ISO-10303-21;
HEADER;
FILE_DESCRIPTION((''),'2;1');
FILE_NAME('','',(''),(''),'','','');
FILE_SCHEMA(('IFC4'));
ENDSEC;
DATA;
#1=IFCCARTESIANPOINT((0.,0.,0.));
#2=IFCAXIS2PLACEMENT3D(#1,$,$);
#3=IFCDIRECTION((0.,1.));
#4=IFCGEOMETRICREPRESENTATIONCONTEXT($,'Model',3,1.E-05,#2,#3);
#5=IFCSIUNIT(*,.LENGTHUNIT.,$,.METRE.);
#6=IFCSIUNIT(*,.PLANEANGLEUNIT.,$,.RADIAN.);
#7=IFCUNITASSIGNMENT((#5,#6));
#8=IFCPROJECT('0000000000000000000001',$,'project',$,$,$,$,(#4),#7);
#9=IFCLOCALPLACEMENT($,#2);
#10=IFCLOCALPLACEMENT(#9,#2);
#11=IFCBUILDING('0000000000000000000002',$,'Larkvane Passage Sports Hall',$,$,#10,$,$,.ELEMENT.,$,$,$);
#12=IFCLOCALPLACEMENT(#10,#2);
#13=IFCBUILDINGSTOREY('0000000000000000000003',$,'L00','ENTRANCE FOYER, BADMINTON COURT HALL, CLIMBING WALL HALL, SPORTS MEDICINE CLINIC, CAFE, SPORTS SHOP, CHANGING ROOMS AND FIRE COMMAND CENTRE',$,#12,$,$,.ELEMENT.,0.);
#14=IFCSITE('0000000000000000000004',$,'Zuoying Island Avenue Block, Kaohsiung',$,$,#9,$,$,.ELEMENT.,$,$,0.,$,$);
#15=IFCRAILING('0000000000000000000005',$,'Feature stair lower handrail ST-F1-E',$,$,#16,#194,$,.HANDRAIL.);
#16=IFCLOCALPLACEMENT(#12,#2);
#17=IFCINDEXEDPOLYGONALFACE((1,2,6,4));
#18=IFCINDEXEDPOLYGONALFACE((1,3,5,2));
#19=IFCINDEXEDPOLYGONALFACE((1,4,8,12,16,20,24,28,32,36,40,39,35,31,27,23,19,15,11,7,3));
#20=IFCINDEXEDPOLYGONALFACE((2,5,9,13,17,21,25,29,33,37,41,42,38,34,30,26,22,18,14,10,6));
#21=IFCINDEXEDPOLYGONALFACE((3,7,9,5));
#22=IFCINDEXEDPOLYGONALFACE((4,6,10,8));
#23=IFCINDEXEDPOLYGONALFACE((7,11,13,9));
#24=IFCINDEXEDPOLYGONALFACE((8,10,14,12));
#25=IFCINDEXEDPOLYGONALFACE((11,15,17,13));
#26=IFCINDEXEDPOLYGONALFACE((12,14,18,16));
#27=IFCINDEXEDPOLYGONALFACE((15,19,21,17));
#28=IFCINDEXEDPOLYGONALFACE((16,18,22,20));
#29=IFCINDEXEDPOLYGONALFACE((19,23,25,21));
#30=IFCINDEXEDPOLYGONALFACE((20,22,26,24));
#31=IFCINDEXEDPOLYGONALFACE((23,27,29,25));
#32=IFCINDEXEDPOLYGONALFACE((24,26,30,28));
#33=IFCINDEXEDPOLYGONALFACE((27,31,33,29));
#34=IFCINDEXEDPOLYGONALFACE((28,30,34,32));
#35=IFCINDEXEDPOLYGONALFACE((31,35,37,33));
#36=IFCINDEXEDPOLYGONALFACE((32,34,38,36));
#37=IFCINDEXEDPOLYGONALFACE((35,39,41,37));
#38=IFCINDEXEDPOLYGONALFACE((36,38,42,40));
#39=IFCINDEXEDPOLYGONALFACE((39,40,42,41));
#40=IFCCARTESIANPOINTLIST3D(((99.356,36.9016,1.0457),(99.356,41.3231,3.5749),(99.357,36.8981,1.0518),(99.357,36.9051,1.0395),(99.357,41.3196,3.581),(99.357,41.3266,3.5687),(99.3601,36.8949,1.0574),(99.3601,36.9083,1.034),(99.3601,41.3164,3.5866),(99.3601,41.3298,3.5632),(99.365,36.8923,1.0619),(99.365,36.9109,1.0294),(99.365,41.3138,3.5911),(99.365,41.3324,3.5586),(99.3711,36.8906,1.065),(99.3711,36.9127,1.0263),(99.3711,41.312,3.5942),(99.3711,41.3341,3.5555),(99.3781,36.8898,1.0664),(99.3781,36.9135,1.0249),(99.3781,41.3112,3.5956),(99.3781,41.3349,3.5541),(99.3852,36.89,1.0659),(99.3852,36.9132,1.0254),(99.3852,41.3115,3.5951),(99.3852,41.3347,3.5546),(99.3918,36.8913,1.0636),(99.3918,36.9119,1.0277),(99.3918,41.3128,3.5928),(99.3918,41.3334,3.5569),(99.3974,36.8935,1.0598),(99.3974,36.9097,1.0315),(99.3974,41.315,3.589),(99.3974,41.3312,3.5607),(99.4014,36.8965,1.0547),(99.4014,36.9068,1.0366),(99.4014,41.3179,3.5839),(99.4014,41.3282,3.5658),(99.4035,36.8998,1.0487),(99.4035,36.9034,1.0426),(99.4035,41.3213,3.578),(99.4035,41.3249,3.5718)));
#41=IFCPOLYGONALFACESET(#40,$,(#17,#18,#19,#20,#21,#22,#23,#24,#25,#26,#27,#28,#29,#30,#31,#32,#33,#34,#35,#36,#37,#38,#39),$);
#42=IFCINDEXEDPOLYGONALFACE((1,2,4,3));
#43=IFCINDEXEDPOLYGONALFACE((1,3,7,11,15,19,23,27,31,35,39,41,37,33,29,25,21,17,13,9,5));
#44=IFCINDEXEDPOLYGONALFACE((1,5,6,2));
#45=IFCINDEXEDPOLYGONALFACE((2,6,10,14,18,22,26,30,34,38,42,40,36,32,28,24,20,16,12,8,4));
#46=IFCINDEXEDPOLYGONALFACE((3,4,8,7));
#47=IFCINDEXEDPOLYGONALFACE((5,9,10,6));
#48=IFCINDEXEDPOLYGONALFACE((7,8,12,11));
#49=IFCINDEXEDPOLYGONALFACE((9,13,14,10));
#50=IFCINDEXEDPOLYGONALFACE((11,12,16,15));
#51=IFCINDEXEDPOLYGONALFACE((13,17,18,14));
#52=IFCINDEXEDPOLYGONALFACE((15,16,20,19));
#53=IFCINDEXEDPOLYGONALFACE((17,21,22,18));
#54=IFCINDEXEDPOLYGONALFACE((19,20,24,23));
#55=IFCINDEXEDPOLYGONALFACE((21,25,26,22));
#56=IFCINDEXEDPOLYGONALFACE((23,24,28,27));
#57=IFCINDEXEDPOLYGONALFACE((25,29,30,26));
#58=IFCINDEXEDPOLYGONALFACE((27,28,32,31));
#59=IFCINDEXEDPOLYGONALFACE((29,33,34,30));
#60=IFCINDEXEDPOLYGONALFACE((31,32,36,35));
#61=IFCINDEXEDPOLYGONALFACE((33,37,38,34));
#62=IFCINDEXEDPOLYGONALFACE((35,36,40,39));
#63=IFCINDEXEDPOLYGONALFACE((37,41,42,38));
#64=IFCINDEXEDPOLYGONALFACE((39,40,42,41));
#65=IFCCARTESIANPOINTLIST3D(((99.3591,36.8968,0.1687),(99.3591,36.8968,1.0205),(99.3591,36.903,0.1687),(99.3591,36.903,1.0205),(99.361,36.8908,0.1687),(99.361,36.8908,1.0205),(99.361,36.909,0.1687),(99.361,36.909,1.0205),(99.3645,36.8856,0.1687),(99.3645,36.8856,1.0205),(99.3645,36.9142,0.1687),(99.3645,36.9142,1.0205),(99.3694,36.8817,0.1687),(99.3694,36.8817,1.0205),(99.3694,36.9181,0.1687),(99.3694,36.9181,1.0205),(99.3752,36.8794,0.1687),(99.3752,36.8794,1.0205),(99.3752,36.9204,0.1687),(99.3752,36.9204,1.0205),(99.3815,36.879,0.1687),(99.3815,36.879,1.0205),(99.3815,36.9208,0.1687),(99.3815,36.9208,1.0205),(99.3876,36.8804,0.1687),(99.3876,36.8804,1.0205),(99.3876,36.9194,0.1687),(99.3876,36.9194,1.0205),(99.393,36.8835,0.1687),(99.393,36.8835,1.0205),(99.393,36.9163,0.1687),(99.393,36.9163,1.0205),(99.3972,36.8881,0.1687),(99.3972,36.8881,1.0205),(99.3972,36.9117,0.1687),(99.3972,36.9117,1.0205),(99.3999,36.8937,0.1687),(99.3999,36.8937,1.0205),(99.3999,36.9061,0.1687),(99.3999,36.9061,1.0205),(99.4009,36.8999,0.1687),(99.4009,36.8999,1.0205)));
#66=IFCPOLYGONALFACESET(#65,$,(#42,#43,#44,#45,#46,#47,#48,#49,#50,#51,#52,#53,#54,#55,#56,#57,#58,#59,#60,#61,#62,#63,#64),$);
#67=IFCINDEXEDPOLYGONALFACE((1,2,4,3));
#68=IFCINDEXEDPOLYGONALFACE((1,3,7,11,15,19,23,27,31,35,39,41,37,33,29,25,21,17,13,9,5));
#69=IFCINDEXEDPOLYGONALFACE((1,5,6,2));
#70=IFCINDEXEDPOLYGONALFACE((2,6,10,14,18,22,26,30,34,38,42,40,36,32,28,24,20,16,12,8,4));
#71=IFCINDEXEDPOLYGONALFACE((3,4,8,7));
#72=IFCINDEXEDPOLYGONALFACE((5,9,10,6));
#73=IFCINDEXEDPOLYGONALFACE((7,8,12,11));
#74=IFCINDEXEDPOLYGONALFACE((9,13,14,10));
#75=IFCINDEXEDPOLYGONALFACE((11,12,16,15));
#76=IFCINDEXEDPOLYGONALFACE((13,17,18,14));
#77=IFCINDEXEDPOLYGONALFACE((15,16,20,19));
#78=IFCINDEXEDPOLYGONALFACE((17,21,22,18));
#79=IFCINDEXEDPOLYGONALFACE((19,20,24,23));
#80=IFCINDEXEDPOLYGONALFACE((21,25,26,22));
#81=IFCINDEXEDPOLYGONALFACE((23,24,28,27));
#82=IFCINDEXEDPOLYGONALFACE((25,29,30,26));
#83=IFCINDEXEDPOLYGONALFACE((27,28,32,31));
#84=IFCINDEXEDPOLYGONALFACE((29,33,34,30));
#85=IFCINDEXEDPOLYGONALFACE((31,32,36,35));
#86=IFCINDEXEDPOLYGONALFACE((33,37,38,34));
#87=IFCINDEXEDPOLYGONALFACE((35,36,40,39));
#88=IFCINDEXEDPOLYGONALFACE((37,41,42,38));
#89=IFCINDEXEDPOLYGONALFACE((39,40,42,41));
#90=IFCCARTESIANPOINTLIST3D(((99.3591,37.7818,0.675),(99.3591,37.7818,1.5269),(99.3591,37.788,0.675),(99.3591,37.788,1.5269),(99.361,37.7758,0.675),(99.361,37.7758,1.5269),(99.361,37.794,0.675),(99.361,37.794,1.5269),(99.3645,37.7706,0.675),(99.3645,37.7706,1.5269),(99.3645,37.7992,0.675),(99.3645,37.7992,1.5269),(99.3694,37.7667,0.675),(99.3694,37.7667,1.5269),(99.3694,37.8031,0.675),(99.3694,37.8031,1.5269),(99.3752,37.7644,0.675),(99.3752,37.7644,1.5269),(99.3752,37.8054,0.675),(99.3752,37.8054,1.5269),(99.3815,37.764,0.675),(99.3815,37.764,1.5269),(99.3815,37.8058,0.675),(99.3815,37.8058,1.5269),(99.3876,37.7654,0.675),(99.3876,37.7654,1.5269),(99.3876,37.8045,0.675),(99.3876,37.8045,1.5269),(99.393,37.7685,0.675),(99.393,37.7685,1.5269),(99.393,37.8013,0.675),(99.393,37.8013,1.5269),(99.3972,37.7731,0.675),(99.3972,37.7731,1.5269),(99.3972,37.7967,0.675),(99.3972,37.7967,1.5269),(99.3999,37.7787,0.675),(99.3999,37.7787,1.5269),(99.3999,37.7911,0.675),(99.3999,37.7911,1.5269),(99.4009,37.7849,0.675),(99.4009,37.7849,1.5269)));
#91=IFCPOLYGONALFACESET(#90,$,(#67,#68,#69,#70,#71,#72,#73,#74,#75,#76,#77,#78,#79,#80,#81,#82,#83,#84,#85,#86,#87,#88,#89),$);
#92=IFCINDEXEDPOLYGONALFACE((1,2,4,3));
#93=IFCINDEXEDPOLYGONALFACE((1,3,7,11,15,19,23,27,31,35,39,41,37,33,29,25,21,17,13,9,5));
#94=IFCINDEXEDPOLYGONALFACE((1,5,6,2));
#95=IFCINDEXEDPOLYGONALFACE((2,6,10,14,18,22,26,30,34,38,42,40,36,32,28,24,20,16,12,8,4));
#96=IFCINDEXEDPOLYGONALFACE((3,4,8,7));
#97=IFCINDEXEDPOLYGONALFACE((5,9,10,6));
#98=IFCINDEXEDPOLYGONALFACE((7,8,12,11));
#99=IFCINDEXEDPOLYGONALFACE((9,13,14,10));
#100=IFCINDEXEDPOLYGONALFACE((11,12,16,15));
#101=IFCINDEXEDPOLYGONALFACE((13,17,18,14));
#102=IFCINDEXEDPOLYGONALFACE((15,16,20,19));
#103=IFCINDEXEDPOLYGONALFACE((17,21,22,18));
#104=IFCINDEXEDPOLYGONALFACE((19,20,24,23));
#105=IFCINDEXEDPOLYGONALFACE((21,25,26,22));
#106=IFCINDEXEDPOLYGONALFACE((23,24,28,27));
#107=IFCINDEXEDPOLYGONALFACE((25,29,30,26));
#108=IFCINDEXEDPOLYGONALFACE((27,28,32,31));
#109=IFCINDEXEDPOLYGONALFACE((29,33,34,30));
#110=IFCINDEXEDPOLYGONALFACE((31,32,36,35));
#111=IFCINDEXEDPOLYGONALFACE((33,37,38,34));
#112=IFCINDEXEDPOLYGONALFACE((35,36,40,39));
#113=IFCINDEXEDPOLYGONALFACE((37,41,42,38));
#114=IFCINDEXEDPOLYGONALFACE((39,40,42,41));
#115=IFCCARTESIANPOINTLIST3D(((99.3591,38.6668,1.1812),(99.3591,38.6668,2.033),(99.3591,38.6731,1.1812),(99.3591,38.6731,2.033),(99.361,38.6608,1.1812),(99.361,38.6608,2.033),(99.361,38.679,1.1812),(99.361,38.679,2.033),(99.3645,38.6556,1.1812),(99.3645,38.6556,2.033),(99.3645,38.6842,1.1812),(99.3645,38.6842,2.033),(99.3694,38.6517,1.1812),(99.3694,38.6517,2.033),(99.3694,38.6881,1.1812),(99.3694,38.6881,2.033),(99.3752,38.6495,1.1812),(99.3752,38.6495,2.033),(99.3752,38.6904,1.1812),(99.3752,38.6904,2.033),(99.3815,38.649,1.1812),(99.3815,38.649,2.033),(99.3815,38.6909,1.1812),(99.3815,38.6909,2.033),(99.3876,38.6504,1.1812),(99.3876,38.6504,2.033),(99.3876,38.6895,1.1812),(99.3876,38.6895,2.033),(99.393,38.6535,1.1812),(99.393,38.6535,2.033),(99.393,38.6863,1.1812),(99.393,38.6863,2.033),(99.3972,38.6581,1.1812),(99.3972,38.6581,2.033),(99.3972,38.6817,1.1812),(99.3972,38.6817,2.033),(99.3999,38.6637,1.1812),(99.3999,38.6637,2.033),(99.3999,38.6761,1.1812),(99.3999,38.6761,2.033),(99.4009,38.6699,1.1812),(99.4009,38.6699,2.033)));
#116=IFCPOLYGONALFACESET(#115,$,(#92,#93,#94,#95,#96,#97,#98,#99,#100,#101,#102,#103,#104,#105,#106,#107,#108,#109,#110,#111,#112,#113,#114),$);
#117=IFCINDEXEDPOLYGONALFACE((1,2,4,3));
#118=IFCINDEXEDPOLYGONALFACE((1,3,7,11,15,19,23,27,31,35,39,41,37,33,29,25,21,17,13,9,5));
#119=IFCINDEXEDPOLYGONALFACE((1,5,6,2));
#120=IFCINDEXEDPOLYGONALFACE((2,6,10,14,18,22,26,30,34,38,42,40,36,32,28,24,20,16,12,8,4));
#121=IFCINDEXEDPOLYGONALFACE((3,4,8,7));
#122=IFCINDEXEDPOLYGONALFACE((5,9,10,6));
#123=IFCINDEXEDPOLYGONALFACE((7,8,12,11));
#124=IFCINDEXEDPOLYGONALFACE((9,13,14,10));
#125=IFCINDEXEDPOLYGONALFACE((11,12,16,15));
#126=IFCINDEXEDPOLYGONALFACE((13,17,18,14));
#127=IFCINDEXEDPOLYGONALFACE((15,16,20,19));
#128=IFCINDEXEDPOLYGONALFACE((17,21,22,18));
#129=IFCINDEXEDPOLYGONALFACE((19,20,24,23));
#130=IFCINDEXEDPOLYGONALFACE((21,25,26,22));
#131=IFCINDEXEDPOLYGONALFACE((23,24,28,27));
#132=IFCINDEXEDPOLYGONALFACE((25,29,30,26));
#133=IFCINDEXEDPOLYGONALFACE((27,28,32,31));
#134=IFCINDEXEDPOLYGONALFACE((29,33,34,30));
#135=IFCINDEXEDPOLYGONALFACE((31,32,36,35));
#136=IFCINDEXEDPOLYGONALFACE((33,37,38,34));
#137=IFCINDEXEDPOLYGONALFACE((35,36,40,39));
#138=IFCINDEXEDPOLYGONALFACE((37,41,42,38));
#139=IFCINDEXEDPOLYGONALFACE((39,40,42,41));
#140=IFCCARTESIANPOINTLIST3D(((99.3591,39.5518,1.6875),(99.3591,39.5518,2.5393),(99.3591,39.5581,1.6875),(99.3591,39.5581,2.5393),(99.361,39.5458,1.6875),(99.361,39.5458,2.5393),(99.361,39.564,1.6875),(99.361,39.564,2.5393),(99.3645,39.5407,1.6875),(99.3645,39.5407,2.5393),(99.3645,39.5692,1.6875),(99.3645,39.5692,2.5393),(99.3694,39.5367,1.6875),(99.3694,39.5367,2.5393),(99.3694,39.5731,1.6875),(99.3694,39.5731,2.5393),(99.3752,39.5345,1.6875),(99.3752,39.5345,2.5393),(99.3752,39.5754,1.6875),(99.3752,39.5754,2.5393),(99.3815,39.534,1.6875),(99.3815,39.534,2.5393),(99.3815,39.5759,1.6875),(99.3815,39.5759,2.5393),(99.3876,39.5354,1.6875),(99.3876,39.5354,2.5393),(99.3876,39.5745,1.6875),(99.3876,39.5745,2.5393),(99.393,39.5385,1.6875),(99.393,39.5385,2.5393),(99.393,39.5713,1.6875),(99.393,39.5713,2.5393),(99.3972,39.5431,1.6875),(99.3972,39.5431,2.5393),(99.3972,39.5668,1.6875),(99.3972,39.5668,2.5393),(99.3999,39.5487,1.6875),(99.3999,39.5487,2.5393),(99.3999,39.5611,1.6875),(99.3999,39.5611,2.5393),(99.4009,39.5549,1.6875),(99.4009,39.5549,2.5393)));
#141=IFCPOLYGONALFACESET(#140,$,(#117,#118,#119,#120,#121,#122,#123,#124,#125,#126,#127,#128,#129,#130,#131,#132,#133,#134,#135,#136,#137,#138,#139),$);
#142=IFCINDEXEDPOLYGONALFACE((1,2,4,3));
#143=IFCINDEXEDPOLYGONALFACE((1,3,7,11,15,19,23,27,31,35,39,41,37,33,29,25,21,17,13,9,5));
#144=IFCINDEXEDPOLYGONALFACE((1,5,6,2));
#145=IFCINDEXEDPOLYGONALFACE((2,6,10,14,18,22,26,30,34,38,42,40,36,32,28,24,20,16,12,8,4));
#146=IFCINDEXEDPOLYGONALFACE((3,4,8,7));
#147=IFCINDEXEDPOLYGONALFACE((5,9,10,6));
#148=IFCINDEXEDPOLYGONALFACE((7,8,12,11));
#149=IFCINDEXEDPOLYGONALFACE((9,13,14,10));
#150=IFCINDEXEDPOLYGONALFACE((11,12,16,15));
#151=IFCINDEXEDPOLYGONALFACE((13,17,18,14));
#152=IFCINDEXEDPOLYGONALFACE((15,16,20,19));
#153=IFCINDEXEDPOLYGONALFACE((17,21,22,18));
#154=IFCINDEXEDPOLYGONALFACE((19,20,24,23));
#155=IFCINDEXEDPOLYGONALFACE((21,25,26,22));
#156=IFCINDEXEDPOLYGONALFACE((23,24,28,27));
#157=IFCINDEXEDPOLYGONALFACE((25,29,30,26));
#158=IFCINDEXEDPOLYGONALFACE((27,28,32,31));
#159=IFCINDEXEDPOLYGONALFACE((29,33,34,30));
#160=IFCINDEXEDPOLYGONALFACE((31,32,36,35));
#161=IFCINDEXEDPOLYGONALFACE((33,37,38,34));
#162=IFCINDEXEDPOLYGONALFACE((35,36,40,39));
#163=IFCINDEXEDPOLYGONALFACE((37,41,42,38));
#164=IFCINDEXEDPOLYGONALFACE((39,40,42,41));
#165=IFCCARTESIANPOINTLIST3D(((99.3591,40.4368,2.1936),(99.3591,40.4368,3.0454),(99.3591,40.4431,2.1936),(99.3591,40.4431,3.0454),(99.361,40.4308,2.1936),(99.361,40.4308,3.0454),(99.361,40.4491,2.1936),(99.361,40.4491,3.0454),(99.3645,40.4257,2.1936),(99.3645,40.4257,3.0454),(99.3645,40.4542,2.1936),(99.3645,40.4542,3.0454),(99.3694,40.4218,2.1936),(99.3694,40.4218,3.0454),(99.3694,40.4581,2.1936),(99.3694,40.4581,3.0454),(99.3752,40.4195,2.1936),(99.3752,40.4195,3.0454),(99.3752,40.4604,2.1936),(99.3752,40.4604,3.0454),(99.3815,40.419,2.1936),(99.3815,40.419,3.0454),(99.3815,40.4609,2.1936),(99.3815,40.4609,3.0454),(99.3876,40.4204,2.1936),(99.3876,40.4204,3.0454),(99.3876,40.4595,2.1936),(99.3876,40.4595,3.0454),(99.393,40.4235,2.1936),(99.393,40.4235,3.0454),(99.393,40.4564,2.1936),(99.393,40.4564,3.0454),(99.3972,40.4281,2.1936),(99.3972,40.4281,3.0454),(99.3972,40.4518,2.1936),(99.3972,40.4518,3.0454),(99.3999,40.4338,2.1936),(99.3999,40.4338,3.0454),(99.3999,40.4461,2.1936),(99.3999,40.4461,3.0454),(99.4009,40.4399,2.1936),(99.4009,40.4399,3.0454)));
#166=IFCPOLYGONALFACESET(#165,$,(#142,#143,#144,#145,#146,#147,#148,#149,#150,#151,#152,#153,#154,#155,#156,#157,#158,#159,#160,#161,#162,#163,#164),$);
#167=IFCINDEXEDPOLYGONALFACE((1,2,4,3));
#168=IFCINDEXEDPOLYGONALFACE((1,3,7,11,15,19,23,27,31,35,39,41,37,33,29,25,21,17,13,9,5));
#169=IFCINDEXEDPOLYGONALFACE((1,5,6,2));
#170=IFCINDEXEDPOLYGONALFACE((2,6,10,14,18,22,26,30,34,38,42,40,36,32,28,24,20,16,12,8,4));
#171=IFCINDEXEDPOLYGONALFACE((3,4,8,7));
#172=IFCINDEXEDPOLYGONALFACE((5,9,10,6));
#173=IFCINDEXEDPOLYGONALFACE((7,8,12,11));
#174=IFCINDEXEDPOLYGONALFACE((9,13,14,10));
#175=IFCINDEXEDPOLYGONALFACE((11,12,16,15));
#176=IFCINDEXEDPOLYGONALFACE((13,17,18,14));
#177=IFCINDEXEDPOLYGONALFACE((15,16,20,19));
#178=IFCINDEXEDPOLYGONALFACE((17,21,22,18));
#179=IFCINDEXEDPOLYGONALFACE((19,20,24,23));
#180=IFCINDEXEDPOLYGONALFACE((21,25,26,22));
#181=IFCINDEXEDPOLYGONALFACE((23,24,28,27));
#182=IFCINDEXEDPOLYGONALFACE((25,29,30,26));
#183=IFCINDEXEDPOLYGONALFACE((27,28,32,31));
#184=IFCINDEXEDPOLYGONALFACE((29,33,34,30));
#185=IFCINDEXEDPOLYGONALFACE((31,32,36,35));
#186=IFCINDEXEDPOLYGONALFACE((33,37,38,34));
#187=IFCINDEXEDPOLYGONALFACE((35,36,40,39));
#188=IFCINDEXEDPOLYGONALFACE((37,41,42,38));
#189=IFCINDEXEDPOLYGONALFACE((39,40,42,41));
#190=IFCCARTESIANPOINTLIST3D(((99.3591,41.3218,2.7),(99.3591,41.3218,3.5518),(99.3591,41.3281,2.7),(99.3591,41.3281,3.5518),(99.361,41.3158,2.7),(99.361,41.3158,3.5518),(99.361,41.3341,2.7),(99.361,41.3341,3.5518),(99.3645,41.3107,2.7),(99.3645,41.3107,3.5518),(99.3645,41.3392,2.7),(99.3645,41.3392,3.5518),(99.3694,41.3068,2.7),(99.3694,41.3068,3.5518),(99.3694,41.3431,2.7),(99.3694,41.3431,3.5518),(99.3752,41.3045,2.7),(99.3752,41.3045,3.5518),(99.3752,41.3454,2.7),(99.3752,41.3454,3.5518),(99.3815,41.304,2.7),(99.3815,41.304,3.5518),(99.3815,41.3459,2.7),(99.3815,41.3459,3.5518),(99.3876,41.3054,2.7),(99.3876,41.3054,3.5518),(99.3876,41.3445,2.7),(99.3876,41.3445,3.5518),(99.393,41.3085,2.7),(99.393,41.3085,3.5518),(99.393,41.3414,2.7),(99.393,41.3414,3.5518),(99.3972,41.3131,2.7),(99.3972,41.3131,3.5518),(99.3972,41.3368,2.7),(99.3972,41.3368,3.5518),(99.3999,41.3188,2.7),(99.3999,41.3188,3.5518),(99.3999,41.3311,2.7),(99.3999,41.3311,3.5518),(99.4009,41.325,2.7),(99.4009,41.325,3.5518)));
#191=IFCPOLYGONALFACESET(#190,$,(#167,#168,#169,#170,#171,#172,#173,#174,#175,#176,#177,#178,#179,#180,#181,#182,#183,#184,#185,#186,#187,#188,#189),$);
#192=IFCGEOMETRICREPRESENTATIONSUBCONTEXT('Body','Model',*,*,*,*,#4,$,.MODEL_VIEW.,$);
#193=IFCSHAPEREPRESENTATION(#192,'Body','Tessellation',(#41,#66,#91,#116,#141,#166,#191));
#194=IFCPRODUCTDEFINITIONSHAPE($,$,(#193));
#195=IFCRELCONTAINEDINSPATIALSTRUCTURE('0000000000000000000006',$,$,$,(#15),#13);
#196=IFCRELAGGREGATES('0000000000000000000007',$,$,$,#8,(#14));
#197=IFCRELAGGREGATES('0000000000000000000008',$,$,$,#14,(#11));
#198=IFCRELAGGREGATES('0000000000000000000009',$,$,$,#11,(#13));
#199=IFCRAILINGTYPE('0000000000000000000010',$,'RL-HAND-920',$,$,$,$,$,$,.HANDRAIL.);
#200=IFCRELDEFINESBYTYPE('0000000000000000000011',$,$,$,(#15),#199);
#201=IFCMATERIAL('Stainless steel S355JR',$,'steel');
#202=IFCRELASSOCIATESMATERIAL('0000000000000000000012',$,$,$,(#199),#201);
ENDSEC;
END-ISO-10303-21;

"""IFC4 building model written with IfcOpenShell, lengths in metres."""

from ifc_helpers import new_model, si_unit, direction, frame, origin, origin_2d, place, context, subcontext, project, spatial, circle, extrude, material, type_object, element, save


model = new_model("IFC4")

# Units and contexts
model_context = context("Model", 3, precision=1e-05, world=origin(), true_north=direction((0.0, 1.0)))
body_context = subcontext(model_context, "Body", "Model", "MODEL_VIEW")
ifc_project = project(units=[si_unit("LENGTHUNIT", "METRE"), si_unit("PLANEANGLEUNIT", "RADIAN")], contexts=[model_context])

# Site, building, storey
site_placement = place(None, origin())
site = spatial("IfcSite", under=ifc_project, at=site_placement, Name="Zuoying Island Avenue Block, Kaohsiung", CompositionType="ELEMENT", RefElevation=0.0)
building_placement = place(site_placement, origin())
building = spatial("IfcBuilding", under=site, at=building_placement, Name="Larkvane Passage Sports Hall", CompositionType="ELEMENT")
storey_placement = place(building_placement, origin())
storey = spatial("IfcBuildingStorey", under=building, at=storey_placement, Name="L00", Description="ENTRANCE FOYER, BADMINTON COURT HALL, CLIMBING WALL HALL, SPORTS MEDICINE CLINIC, CAFE, SPORTS SHOP, CHANGING ROOMS AND FIRE COMMAND CENTRE", CompositionType="ELEMENT", Elevation=0.0)

# Railing
ifc_material_1 = material(Name="Stainless steel S355JR", Category="steel")
railing_type_1 = type_object("IfcRailingType", Name="RL-HAND-920", PredefinedType="HANDRAIL", material=ifc_material_1)
for number, where, name in (
    (1, (99.3799, 36.8999, 0.1687), "Feature stair lower handrail ST-F1-E"),
):
    element("IfcRailing", number, at=place(storey_placement, frame(where)), inside=storey, type_object=railing_type_1, Name=name, PredefinedType="HANDRAIL", context=body_context, shape_type="SweptSolid", body=[
        extrude(circle(Radius=0.0239, at=origin_2d()), frame((0.0, 0.0017, 0.877), z_axis=(0.0, 0.868019, 0.496531), x_axis=(-1.0, 0.0, 0.0)), (0.0, 0.0, 1.0), 5.0938),
        extrude(circle(Radius=0.021, at=origin_2d()), origin(), (0.0, 0.0, 1.0), 0.8518),
        extrude(circle(Radius=0.021, at=origin_2d()), frame((0.0, 0.885, 0.5063)), (0.0, 0.0, 1.0), 0.8518),
        extrude(circle(Radius=0.021, at=origin_2d()), frame((0.0, 1.77, 1.0125)), (0.0, 0.0, 1.0), 0.8518),
        extrude(circle(Radius=0.021, at=origin_2d()), frame((0.0, 2.655, 1.5188)), (0.0, 0.0, 1.0), 0.8518),
        extrude(circle(Radius=0.021, at=origin_2d()), frame((0.0, 3.54, 2.0249)), (0.0, 0.0, 1.0), 0.8518),
        extrude(circle(Radius=0.021, at=origin_2d()), frame((0.0, 4.425, 2.5312)), (0.0, 0.0, 1.0), 0.8518),
    ])

save(model, "model.ifc")
